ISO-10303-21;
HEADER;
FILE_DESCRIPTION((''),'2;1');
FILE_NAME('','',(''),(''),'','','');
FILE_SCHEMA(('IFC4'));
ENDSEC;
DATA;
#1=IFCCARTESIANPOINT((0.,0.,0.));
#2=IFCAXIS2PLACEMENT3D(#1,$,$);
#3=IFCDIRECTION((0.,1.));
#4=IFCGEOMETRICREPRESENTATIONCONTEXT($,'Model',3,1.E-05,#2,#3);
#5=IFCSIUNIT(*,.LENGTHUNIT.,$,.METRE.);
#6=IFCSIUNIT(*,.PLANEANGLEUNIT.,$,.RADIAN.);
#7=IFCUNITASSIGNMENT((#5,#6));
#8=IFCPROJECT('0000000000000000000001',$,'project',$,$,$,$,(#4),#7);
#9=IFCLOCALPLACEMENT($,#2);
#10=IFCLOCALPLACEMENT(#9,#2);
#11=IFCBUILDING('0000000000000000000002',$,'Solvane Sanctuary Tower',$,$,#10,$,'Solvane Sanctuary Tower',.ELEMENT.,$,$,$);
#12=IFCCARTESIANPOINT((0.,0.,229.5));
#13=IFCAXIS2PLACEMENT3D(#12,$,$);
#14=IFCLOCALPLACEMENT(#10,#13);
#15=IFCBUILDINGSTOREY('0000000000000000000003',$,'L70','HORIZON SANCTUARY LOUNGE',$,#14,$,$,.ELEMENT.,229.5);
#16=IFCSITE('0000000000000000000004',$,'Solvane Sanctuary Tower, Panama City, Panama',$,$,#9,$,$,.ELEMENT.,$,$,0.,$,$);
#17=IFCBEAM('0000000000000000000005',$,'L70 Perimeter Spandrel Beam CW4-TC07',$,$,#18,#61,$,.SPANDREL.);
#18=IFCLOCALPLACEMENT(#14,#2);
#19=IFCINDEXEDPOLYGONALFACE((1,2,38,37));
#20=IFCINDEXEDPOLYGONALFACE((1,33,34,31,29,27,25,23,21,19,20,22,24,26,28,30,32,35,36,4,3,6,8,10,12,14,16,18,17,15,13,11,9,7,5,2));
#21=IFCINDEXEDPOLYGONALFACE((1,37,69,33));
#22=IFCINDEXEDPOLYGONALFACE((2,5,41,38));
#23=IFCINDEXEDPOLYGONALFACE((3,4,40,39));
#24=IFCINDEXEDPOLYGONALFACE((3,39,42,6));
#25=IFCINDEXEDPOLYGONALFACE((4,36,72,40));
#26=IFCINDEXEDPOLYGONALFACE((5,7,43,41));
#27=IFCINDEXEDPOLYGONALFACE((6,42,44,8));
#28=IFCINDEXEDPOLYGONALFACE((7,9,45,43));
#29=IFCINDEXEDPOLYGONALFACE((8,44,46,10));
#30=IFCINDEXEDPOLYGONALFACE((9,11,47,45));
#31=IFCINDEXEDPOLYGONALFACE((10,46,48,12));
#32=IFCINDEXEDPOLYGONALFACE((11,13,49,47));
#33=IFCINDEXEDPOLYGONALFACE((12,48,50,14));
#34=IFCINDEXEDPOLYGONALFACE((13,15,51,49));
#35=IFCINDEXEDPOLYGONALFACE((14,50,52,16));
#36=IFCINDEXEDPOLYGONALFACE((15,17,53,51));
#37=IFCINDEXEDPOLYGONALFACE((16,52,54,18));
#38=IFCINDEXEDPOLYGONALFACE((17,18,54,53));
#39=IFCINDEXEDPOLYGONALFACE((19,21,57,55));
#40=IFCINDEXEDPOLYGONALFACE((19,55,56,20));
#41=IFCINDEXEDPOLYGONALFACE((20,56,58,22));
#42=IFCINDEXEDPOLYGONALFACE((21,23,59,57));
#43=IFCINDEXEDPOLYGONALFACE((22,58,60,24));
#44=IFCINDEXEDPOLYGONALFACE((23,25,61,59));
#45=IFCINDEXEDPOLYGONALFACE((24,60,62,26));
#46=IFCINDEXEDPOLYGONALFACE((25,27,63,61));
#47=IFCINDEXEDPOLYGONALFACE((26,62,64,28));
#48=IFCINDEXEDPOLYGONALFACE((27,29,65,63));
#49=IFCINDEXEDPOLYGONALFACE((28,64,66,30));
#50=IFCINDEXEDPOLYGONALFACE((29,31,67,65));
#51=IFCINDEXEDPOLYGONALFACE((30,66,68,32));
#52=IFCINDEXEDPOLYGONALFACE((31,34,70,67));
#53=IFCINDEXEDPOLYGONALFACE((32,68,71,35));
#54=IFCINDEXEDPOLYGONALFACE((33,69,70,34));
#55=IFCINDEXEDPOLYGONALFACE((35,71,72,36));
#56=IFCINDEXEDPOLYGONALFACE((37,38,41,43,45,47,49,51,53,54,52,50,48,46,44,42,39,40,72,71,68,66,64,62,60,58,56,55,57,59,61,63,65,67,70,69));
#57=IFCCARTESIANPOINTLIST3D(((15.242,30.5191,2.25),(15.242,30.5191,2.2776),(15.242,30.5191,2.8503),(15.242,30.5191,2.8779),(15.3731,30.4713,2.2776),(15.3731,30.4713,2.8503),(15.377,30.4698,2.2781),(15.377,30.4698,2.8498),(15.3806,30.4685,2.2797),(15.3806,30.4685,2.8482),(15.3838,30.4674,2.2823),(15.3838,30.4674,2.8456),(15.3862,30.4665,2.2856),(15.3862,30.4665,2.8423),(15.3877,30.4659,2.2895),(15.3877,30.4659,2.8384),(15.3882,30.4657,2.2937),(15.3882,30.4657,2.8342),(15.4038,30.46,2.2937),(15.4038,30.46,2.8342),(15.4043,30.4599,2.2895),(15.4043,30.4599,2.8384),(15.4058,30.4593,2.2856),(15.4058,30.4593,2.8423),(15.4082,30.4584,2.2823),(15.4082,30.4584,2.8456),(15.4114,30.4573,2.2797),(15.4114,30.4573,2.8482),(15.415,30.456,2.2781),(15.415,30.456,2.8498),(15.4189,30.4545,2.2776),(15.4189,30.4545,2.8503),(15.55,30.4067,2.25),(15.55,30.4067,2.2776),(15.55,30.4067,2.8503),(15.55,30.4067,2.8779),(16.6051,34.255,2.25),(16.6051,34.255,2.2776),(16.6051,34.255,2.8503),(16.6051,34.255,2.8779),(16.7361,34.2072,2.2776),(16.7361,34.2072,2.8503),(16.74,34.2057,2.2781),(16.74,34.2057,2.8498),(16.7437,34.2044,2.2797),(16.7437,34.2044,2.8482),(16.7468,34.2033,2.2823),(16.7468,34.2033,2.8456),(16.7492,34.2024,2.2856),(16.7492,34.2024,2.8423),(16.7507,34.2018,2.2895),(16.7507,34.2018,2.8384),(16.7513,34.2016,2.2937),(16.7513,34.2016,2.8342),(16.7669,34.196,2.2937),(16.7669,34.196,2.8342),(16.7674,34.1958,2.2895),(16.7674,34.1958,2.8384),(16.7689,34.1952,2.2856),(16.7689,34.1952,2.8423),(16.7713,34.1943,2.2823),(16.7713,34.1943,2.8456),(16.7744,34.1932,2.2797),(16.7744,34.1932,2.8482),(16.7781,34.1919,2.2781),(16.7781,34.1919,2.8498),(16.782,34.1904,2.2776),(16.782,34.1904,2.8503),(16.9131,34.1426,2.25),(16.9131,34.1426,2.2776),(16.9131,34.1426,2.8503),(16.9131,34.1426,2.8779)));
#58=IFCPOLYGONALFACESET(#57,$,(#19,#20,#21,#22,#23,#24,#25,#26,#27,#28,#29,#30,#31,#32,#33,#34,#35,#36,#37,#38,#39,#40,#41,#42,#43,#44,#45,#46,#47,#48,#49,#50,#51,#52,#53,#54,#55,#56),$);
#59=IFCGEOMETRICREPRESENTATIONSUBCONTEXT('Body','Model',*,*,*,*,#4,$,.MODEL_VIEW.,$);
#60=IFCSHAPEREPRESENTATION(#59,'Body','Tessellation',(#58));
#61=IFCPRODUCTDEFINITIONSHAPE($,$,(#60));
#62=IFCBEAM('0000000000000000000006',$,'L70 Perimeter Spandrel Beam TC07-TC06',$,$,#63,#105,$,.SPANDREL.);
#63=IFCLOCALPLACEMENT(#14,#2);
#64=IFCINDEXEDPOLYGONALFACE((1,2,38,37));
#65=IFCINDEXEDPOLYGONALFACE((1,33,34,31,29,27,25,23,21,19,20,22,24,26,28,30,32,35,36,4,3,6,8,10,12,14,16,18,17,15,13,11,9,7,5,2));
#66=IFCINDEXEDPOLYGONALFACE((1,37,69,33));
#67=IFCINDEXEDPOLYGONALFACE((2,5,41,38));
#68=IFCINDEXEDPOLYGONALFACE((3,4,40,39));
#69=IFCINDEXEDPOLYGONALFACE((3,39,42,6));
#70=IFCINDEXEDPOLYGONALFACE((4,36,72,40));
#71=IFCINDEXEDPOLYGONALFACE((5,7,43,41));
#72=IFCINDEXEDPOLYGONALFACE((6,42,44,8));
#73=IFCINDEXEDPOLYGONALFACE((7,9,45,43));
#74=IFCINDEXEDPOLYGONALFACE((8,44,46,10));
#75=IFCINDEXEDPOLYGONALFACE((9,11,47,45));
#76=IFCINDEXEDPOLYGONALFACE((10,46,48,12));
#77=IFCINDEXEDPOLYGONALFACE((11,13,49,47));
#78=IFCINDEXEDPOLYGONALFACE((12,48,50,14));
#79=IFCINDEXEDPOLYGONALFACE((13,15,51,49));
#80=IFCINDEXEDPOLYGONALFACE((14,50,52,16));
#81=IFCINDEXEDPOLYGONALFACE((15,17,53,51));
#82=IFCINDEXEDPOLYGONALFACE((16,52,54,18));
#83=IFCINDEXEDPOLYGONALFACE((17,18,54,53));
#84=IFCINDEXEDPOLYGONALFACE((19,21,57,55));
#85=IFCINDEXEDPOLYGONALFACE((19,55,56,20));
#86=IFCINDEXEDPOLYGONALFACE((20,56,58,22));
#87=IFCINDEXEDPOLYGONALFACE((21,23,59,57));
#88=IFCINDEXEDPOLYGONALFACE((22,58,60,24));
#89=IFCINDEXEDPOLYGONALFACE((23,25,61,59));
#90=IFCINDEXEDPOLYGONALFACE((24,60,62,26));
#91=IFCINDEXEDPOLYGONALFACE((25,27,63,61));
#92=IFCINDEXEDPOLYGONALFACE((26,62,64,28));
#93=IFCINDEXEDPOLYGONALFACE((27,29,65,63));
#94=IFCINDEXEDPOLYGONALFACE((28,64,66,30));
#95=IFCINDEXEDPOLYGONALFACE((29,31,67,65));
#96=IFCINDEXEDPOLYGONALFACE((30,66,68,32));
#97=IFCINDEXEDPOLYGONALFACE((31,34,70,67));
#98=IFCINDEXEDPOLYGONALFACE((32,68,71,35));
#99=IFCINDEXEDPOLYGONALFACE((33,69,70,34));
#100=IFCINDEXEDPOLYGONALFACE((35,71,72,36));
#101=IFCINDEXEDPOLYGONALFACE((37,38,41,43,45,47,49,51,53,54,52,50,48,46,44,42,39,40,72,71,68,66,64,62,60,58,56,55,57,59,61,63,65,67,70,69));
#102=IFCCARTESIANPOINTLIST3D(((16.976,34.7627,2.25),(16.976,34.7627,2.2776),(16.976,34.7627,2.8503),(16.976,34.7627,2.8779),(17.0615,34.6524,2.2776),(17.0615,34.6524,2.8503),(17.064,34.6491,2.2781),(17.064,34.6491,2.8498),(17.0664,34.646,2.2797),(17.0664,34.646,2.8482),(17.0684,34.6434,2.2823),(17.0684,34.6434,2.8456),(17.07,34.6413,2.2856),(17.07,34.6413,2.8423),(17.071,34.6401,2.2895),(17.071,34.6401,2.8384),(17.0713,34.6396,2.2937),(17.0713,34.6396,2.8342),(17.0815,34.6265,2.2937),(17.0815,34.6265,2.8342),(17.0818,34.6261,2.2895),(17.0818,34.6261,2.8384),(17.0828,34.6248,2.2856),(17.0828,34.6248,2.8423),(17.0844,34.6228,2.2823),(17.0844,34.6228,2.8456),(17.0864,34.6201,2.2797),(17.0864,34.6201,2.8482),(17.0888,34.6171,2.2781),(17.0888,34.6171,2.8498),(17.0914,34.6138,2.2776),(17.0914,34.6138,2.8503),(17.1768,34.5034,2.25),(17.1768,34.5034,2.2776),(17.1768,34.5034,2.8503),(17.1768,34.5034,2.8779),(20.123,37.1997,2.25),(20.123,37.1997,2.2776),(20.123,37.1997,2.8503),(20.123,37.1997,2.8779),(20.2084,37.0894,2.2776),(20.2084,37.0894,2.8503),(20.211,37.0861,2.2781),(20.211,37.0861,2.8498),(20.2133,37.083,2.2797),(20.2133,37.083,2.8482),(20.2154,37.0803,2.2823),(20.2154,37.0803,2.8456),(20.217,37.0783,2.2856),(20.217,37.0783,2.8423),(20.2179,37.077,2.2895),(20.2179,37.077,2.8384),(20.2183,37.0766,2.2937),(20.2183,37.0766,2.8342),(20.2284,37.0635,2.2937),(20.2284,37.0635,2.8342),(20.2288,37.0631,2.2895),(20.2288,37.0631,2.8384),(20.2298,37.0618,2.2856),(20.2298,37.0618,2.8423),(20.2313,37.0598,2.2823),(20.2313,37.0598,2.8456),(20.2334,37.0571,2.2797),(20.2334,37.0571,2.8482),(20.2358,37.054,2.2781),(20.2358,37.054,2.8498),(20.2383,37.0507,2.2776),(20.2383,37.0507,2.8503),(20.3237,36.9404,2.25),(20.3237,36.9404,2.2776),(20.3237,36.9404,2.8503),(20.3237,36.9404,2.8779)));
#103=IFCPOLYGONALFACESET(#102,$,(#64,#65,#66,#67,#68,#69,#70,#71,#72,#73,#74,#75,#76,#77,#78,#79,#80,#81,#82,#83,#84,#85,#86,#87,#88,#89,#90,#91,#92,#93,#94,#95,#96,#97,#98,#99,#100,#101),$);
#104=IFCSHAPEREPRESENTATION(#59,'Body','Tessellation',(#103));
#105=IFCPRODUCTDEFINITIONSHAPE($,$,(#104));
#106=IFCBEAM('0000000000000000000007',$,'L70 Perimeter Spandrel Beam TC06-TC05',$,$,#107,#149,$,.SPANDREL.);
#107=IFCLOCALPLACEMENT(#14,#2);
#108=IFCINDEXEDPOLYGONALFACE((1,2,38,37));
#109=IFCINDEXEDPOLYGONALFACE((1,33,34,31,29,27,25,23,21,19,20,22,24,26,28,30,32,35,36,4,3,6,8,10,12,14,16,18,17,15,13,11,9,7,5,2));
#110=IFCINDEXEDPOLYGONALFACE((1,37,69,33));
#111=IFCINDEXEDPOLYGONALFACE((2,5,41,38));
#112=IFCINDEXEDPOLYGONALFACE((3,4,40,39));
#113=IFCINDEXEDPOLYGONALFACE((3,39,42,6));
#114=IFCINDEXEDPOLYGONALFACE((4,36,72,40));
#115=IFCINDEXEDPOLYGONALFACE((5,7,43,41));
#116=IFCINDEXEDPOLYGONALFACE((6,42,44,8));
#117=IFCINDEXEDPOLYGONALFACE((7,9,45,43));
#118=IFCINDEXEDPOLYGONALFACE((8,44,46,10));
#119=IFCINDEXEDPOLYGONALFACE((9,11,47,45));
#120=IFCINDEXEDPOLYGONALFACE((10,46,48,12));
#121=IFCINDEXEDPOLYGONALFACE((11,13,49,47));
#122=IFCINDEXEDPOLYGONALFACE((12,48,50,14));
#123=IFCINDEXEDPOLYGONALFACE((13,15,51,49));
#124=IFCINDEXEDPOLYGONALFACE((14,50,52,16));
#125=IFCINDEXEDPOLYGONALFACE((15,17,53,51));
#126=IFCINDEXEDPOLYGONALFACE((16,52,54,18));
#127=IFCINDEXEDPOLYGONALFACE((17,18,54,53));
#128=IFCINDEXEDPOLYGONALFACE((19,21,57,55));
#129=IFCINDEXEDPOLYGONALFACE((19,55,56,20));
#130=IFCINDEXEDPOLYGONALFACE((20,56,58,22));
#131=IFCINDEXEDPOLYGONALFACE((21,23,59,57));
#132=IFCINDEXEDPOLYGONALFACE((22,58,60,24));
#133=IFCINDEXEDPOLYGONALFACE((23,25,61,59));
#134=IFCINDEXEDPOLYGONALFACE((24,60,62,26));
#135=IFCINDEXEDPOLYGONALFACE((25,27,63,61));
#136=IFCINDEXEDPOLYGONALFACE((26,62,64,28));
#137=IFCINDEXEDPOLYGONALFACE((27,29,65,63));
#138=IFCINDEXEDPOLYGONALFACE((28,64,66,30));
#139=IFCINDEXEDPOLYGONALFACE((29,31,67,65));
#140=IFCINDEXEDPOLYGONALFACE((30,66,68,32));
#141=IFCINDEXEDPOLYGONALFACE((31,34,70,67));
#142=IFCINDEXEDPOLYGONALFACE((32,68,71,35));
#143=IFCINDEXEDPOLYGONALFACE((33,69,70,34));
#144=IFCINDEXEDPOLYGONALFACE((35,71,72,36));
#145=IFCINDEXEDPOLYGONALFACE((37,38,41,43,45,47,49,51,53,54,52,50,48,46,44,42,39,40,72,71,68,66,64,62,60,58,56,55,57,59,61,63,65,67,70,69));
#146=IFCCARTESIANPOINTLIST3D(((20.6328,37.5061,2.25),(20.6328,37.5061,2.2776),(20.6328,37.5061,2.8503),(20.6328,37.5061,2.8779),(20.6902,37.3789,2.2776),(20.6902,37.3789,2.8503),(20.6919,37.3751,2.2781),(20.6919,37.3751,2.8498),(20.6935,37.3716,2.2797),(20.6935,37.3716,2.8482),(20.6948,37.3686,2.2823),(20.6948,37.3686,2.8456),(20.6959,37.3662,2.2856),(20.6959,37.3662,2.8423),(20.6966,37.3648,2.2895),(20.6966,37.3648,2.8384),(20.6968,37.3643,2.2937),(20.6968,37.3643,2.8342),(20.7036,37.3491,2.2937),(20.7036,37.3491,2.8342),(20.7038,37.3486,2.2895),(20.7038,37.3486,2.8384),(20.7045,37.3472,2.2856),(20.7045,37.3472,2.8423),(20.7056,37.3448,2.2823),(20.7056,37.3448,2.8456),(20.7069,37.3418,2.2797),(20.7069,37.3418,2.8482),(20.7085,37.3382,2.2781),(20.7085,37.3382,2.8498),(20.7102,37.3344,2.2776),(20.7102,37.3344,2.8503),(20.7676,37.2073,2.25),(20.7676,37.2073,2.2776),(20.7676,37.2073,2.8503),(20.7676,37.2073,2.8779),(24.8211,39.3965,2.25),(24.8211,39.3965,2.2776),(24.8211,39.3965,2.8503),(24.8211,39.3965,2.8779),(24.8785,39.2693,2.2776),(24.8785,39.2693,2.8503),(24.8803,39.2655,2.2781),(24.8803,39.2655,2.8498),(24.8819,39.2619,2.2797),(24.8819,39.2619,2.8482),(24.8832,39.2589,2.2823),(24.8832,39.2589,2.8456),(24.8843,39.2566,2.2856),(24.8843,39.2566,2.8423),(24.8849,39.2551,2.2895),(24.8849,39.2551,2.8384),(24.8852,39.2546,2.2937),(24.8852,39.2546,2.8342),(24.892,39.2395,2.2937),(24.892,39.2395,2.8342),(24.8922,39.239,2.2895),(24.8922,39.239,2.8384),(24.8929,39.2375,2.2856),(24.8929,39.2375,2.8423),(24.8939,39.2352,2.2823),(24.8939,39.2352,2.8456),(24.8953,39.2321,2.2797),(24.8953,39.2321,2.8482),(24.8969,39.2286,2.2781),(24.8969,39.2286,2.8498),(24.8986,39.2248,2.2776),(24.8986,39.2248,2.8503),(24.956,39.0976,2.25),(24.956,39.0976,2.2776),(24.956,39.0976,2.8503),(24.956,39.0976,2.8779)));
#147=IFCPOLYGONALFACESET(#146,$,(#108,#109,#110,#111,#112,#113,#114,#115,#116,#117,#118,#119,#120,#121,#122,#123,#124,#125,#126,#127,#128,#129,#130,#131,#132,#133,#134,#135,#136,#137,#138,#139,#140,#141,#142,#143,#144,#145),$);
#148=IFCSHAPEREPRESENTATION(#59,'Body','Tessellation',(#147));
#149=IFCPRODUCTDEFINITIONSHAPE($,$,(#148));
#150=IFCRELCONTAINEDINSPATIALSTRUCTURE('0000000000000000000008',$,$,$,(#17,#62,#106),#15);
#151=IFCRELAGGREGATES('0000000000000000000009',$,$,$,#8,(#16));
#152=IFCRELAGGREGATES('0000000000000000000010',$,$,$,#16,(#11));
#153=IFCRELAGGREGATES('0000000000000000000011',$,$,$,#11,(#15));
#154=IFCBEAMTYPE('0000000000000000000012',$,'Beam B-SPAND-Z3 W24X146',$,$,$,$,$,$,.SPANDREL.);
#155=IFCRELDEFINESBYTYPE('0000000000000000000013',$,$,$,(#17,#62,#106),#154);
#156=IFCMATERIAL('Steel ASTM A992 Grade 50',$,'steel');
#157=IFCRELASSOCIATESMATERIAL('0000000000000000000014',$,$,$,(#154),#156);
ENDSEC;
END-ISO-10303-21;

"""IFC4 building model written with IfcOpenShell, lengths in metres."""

from ifc_helpers import new_model, si_unit, direction, frame, origin, origin_2d, place, context, subcontext, project, spatial, i_section, extrude, material, material_profile, profile_set, type_object, element, save


model = new_model("IFC4")

# Units and contexts
model_context = context("Model", 3, precision=1e-05, world=origin(), true_north=direction((0.0, 1.0)))
body_context = subcontext(model_context, "Body", "Model", "MODEL_VIEW")
ifc_project = project(units=[si_unit("LENGTHUNIT", "METRE"), si_unit("PLANEANGLEUNIT", "RADIAN")], contexts=[model_context])

# Site, building, storey
site_placement = place(None, origin())
site = spatial("IfcSite", under=ifc_project, at=site_placement, Name="Solvane Sanctuary Tower, Panama City, Panama", CompositionType="ELEMENT", RefElevation=0.0)
building_placement = place(site_placement, origin())
building = spatial("IfcBuilding", under=site, at=building_placement, Name="Solvane Sanctuary Tower", LongName="Solvane Sanctuary Tower", CompositionType="ELEMENT")
storey_placement = place(building_placement, frame((0.0, 0.0, 229.5)))
storey = spatial("IfcBuildingStorey", under=building, at=storey_placement, Name="L70", Description="HORIZON SANCTUARY LOUNGE", CompositionType="ELEMENT", Elevation=229.5)

# Beams
ifc_material_1 = material(Name="Steel ASTM A992 Grade 50", Category="steel")
ifc_material_profile_1 = material_profile(ifc_material_1, i_section(OverallWidth=0.3279, OverallDepth=0.6279, WebThickness=0.0166, FlangeThickness=0.0276, FilletRadius=0.0161, at=origin_2d()), Name="W24X146")
ifc_profile_set_1 = profile_set([ifc_material_profile_1], Name="Steel ASTM A992 Grade 50")
beam_type_1 = type_object("IfcBeamType", Name="Beam B-SPAND-Z3 W24X146", PredefinedType="SPANDREL", material=ifc_profile_set_1)
beam_1_placement = place(storey_placement, frame((15.396, 30.4629, 2.564), z_axis=(0.342753, 0.939425, 0.0), x_axis=(-0.939425, 0.342753, 0.0)))
element("IfcBeam", 1, at=beam_1_placement, inside=storey, type_object=beam_type_1, Name="L70 Perimeter Spandrel Beam CW4-TC07", PredefinedType="SPANDREL", context=body_context, shape_type="SweptSolid", body=[
    extrude(i_section(OverallWidth=0.3279, OverallDepth=0.6279, WebThickness=0.0166, FlangeThickness=0.0276, FilletRadius=0.0161, at=origin_2d()), origin(), (0.0, 0.0, 1.0), 3.9768),
])
beam_2_placement = place(storey_placement, frame((17.0764, 34.6331, 2.564), z_axis=(0.790645, 0.612275, 0.0), x_axis=(-0.612275, 0.790645, 0.0)))
element("IfcBeam", 2, at=beam_2_placement, inside=storey, type_object=beam_type_1, Name="L70 Perimeter Spandrel Beam TC07-TC06", PredefinedType="SPANDREL", context=body_context, shape_type="SweptSolid", body=[
    extrude(i_section(OverallWidth=0.3279, OverallDepth=0.6279, WebThickness=0.0166, FlangeThickness=0.0276, FilletRadius=0.0161, at=origin_2d()), origin(), (0.0, 0.0, 1.0), 3.9802),
])
beam_3_placement = place(storey_placement, frame((20.7002, 37.3567, 2.564), z_axis=(0.911468, 0.411372, 0.0), x_axis=(-0.411372, 0.911468, 0.0)))
element("IfcBeam", 3, at=beam_3_placement, inside=storey, type_object=beam_type_1, Name="L70 Perimeter Spandrel Beam TC06-TC05", PredefinedType="SPANDREL", context=body_context, shape_type="SweptSolid", body=[
    extrude(i_section(OverallWidth=0.3279, OverallDepth=0.6279, WebThickness=0.0166, FlangeThickness=0.0276, FilletRadius=0.0161, at=origin_2d()), origin(), (0.0, 0.0, 1.0), 4.5952),
])

save(model, "model.ifc")
